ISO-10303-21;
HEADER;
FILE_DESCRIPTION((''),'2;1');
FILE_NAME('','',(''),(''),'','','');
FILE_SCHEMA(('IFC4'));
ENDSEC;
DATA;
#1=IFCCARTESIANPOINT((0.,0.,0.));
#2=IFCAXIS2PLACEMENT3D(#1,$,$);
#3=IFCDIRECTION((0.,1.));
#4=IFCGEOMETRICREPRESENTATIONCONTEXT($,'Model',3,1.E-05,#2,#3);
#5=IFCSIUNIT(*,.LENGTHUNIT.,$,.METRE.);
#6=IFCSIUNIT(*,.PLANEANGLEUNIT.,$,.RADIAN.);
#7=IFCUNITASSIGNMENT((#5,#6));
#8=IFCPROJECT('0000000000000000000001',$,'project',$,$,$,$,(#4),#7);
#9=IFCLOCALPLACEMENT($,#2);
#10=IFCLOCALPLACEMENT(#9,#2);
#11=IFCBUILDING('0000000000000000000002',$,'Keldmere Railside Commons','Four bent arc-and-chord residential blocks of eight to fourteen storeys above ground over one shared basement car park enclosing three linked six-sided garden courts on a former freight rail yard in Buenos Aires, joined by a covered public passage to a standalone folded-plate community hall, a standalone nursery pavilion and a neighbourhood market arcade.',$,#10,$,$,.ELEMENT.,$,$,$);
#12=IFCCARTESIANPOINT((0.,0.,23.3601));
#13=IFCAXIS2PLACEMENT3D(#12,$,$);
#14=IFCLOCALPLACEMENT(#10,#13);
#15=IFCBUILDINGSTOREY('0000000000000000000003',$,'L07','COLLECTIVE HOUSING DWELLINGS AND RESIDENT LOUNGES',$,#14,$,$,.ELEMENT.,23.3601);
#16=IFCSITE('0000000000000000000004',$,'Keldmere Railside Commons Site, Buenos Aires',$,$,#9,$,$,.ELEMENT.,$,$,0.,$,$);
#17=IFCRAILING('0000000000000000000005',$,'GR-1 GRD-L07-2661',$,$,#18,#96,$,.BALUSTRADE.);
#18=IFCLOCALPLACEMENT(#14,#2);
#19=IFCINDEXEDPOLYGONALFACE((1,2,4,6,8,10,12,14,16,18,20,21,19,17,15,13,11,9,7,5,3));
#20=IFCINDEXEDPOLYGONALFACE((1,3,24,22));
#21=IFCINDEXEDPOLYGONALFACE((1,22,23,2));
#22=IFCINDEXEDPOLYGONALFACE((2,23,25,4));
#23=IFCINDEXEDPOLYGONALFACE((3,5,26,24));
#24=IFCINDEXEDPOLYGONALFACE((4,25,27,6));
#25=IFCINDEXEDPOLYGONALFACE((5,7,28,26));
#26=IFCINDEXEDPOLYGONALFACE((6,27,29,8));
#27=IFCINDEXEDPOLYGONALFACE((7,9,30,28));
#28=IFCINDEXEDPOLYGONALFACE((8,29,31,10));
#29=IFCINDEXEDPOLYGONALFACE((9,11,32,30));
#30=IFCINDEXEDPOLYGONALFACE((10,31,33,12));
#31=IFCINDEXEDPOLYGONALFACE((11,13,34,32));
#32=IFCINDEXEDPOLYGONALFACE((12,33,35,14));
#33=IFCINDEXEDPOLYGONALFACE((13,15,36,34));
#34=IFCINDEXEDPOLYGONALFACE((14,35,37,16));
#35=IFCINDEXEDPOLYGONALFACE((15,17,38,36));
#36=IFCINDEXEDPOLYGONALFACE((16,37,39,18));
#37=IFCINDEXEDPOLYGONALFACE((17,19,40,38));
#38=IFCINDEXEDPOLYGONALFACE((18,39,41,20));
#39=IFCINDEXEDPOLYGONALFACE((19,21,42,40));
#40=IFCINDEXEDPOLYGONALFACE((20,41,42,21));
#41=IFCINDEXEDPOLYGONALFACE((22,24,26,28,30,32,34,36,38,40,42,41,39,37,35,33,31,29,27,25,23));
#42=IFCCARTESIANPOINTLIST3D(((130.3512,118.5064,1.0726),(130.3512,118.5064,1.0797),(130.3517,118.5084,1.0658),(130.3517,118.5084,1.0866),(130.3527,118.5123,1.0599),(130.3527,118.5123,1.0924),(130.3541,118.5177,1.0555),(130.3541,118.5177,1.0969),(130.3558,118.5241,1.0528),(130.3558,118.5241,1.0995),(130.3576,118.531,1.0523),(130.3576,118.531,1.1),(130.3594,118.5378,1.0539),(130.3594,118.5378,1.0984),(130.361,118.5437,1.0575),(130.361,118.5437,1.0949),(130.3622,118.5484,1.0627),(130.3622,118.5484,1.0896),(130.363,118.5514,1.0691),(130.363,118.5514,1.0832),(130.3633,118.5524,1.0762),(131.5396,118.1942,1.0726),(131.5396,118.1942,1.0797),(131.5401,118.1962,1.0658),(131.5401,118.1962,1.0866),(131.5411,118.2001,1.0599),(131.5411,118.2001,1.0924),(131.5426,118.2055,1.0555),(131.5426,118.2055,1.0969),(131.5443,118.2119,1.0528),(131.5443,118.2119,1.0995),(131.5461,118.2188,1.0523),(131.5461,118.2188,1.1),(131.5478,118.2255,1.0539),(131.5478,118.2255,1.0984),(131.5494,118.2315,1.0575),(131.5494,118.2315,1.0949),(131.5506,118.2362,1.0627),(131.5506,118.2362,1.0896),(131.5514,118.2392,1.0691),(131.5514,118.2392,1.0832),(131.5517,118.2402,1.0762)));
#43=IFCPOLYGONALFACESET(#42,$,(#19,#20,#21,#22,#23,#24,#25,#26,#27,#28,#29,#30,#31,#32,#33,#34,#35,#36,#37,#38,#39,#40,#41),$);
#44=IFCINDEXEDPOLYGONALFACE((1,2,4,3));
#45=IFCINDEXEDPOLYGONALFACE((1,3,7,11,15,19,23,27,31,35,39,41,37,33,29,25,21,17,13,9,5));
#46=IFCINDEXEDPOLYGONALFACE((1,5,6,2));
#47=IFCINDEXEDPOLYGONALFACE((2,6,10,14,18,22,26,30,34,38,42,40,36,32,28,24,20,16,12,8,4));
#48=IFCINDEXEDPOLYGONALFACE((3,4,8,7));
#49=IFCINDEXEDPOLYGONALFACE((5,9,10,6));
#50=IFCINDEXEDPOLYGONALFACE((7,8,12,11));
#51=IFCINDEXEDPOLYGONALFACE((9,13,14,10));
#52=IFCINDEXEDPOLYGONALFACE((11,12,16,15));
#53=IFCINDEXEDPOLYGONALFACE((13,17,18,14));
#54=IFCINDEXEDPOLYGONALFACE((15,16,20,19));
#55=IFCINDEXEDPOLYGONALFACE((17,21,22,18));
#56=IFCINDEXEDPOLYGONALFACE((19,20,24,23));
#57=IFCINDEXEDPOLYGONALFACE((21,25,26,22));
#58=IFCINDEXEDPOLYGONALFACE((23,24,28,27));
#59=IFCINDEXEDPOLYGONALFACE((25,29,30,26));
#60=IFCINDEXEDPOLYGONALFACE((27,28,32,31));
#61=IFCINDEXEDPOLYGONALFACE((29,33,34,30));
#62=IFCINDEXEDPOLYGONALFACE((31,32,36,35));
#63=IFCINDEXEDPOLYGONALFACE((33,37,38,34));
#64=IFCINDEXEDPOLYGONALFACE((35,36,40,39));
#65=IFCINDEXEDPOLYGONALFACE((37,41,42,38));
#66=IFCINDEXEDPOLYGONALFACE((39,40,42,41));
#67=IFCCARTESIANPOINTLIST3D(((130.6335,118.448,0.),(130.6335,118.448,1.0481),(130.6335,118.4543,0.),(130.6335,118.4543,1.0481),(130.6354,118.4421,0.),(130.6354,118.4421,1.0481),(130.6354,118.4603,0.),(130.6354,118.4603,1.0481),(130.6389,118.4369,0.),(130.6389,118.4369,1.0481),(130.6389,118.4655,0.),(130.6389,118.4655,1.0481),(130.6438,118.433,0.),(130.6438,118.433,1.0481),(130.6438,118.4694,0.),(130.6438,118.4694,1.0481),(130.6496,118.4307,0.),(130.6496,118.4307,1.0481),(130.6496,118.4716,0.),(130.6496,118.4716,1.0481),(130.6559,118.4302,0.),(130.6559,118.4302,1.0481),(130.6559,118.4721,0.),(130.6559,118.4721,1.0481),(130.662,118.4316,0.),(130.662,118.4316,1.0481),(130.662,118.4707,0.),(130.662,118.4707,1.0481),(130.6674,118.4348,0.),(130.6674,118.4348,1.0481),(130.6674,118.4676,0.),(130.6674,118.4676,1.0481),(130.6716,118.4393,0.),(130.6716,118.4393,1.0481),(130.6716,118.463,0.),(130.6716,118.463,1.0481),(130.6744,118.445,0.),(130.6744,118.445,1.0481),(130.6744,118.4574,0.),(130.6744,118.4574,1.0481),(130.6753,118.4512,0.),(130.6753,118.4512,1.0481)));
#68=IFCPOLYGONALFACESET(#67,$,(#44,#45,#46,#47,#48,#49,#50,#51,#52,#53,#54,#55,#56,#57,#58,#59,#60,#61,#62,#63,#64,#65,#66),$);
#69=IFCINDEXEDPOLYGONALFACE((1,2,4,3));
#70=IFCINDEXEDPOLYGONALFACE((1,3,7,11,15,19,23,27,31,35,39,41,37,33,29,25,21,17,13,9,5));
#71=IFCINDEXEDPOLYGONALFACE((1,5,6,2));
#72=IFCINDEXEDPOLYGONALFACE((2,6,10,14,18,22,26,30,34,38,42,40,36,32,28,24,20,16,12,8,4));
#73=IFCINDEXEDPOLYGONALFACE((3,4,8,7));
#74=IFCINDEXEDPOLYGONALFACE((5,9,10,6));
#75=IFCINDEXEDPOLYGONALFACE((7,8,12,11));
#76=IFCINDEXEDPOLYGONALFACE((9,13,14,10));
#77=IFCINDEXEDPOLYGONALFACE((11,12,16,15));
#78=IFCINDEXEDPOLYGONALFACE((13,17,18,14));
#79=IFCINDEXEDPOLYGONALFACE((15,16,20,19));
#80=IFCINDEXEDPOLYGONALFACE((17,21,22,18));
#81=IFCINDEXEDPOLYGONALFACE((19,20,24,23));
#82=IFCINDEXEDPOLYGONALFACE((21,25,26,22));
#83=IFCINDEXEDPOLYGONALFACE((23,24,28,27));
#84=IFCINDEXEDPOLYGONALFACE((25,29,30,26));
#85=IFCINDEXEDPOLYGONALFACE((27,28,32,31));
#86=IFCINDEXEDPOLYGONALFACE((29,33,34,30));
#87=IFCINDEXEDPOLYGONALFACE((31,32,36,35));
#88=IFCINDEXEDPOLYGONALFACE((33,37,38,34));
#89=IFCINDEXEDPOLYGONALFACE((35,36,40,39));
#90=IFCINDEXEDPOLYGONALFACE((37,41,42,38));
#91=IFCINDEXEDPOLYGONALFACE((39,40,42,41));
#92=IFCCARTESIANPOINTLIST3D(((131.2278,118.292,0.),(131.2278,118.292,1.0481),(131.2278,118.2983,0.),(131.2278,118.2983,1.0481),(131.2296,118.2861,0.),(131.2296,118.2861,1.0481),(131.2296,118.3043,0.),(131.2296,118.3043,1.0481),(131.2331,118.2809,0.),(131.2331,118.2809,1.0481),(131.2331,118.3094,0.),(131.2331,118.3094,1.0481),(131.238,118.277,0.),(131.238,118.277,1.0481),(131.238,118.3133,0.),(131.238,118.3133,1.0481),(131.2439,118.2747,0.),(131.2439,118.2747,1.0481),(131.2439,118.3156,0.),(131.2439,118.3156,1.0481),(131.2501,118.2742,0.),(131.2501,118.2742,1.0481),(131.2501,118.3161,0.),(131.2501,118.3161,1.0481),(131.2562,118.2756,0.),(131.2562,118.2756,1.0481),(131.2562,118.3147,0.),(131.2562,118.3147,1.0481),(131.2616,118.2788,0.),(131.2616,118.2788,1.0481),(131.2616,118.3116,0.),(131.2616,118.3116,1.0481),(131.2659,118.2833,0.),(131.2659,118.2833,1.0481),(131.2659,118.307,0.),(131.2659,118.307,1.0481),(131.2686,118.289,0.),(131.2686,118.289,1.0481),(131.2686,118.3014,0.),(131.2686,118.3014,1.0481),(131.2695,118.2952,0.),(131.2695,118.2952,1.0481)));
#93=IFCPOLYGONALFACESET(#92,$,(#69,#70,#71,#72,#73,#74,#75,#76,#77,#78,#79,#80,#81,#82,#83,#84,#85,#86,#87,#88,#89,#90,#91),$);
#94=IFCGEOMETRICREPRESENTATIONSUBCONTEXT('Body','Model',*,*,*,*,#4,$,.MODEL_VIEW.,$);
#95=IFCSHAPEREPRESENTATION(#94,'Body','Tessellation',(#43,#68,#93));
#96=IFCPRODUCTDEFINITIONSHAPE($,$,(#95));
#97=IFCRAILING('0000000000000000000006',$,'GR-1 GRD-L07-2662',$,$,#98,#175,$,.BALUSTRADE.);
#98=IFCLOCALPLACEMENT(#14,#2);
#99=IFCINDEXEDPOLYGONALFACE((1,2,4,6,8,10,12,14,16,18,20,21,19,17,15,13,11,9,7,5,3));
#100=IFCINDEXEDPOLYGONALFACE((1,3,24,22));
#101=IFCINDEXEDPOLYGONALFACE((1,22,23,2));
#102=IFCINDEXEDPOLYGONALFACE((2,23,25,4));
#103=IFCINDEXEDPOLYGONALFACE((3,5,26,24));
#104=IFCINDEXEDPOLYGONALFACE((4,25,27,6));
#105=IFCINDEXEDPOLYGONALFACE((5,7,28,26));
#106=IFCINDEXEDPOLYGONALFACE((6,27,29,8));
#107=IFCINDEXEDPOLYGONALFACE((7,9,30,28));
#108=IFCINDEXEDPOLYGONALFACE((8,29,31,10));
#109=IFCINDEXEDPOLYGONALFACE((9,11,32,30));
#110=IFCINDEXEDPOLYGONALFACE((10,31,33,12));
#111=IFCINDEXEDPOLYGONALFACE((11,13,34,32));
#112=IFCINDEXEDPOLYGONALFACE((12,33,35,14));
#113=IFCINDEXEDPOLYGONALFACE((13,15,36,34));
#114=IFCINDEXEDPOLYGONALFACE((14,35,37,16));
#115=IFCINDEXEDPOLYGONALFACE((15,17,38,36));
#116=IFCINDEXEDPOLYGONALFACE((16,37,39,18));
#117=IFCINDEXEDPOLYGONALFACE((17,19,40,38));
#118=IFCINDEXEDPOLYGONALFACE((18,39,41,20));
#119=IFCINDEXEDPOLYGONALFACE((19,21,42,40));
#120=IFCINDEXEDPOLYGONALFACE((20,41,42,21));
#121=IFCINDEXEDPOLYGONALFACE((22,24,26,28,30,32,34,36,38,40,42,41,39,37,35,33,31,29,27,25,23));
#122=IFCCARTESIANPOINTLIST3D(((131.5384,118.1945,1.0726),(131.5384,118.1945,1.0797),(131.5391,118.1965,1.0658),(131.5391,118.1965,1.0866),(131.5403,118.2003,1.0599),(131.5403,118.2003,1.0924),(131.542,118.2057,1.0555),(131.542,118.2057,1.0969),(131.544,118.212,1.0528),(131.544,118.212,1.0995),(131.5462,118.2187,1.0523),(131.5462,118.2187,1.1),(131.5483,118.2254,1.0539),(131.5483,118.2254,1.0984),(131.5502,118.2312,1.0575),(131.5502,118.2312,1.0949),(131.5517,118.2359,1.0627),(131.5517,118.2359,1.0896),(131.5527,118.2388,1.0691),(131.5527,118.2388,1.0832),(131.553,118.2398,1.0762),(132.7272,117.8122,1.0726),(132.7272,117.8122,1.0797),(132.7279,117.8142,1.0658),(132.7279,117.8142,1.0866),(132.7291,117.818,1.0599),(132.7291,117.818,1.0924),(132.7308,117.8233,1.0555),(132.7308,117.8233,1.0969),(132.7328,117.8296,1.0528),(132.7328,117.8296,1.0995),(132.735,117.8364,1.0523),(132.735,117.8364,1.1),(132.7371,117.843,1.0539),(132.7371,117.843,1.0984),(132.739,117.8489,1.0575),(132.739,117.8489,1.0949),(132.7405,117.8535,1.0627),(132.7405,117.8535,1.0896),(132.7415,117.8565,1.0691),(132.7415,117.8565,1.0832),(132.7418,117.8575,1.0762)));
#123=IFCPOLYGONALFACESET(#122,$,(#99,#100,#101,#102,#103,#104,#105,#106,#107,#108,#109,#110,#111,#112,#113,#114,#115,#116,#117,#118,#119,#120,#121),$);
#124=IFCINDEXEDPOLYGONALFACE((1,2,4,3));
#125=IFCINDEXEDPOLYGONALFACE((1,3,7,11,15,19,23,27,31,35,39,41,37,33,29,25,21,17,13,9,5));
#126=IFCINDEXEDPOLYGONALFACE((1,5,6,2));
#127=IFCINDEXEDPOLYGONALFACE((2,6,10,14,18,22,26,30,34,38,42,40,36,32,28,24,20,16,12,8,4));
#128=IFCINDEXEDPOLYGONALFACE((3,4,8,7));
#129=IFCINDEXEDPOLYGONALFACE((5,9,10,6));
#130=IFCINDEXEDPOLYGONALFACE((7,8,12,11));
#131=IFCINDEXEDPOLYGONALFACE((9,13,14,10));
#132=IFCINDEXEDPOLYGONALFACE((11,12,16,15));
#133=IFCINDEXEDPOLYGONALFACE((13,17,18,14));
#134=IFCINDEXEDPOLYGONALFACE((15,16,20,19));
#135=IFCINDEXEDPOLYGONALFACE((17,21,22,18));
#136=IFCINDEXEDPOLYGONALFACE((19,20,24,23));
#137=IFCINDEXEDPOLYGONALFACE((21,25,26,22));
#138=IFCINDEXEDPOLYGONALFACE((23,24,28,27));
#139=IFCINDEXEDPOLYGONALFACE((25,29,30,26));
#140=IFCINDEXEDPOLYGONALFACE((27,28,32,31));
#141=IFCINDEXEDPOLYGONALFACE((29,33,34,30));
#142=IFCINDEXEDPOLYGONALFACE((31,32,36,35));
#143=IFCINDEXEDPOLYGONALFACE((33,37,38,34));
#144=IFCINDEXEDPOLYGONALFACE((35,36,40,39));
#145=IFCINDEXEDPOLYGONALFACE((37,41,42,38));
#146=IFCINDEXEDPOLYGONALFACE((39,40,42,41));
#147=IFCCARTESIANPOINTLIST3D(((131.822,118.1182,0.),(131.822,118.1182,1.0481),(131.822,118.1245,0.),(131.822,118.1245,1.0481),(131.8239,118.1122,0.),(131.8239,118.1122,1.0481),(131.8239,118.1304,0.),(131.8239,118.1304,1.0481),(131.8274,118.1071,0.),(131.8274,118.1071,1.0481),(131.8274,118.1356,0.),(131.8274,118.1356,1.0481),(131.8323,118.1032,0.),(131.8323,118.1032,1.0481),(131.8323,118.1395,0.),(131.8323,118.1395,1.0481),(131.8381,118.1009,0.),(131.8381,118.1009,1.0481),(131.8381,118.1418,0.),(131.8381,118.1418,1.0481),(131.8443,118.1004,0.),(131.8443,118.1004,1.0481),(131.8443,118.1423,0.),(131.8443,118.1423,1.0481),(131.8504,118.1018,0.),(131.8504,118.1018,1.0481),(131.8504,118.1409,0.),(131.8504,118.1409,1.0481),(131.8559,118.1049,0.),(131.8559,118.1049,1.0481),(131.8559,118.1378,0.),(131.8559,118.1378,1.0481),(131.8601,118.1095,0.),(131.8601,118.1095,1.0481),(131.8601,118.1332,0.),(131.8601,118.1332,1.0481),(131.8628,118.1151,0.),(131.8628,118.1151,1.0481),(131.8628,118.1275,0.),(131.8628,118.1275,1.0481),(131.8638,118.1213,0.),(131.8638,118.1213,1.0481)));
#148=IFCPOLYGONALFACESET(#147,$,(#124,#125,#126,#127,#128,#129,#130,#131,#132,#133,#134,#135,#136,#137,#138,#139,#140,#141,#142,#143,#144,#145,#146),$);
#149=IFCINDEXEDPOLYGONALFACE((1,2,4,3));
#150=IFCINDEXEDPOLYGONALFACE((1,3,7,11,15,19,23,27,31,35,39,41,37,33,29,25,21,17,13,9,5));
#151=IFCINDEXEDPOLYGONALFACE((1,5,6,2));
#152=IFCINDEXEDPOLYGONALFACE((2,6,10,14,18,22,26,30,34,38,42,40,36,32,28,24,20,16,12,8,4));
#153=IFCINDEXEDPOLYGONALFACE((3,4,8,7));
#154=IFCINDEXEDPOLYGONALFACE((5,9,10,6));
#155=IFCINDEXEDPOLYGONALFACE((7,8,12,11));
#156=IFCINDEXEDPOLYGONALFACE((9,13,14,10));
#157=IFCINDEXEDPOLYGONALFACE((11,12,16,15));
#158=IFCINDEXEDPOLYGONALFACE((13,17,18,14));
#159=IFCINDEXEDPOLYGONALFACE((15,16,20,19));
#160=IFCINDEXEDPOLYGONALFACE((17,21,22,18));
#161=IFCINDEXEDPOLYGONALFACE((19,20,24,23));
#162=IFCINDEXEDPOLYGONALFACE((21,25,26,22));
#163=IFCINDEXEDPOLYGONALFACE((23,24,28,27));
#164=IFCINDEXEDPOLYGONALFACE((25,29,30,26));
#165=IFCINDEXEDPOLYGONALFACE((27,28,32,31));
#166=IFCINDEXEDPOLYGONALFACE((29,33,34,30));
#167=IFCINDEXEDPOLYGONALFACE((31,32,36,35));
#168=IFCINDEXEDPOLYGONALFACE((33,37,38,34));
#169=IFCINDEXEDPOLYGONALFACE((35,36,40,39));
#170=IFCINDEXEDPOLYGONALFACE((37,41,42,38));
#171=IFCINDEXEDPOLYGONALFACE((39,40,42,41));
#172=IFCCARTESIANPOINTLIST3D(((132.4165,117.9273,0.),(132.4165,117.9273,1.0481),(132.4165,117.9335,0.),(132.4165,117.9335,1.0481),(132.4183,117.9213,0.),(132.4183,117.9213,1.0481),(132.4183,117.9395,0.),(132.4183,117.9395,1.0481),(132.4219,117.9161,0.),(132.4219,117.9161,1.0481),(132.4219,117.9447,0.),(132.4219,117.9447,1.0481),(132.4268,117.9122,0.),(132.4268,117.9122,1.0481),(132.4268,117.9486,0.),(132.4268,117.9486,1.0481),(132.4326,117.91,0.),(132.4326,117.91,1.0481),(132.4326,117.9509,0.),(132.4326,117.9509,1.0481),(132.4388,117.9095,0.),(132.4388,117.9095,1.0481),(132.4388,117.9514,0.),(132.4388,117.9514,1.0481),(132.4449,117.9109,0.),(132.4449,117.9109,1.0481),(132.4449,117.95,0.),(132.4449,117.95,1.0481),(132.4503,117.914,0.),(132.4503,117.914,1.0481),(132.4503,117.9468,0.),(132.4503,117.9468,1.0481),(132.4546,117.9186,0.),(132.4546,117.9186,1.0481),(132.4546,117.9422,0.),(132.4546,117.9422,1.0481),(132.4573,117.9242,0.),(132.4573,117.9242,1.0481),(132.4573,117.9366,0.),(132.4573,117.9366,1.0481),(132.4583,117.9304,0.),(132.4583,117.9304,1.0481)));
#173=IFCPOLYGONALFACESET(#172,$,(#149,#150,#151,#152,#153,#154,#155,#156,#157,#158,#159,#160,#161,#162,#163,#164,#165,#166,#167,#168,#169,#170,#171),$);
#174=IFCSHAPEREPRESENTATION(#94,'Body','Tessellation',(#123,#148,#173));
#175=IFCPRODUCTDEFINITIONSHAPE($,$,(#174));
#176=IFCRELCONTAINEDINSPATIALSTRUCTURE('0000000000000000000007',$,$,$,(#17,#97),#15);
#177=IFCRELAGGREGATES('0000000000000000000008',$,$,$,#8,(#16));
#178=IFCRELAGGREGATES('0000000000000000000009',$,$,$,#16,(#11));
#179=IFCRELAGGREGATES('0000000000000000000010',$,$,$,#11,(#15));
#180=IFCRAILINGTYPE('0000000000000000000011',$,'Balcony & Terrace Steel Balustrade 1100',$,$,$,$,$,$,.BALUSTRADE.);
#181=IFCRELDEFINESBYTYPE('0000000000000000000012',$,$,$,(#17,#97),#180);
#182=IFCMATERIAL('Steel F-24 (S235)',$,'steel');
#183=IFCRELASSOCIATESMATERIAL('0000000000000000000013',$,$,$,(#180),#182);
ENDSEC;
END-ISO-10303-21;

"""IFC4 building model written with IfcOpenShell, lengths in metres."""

from ifc_helpers import new_model, si_unit, direction, frame, origin, origin_2d, place, context, subcontext, project, spatial, circle, extrude, material, type_object, element, save


model = new_model("IFC4")

# Units and contexts
model_context = context("Model", 3, precision=1e-05, world=origin(), true_north=direction((0.0, 1.0)))
body_context = subcontext(model_context, "Body", "Model", "MODEL_VIEW")
ifc_project = project(units=[si_unit("LENGTHUNIT", "METRE"), si_unit("PLANEANGLEUNIT", "RADIAN")], contexts=[model_context])

# Site, building, storey
site_placement = place(None, origin())
site = spatial("IfcSite", under=ifc_project, at=site_placement, Name="Keldmere Railside Commons Site, Buenos Aires", CompositionType="ELEMENT", RefElevation=0.0)
building_placement = place(site_placement, origin())
building = spatial("IfcBuilding", under=site, at=building_placement, Name="Keldmere Railside Commons", Description="Four bent arc-and-chord residential blocks of eight to fourteen storeys above ground over one shared basement car park enclosing three linked six-sided garden courts on a former freight rail yard in Buenos Aires, joined by a covered public passage to a standalone folded-plate community hall, a standalone nursery pavilion and a neighbourhood market arcade.", CompositionType="ELEMENT")
storey_placement = place(building_placement, frame((0.0, 0.0, 23.3601)))
storey = spatial("IfcBuildingStorey", under=building, at=storey_placement, Name="L07", Description="COLLECTIVE HOUSING DWELLINGS AND RESIDENT LOUNGES", CompositionType="ELEMENT", Elevation=23.3601)

# Railings
ifc_material_1 = material(Name="Steel F-24 (S235)", Category="steel")
railing_type = type_object("IfcRailingType", Name="Balcony & Terrace Steel Balustrade 1100", PredefinedType="BALUSTRADE", material=ifc_material_1)
railing_1_placement = place(storey_placement, frame((130.3572, 118.5293, 0.0)))
element("IfcRailing", 1, at=railing_1_placement, inside=storey, type_object=railing_type, Name="GR-1 GRD-L07-2661", PredefinedType="BALUSTRADE", context=body_context, shape_type="SweptSolid", body=[
    extrude(circle(Radius=0.0239, at=origin_2d()), frame((0.0, 0.0, 1.0762), z_axis=(0.967175, -0.254112, 0.0), x_axis=(0.254112, 0.967175, 0.0)), (0.0, 0.0, 1.0), 1.2288),
    extrude(circle(Radius=0.021, at=origin_2d()), frame((0.2971, -0.0781, 0.0)), (0.0, 0.0, 1.0), 1.0481),
    extrude(circle(Radius=0.021, at=origin_2d()), frame((0.8914, -0.2341, 0.0)), (0.0, 0.0, 1.0), 1.0481),
])
railing_2_placement = place(storey_placement, frame((131.5457, 118.217, 0.0)))
element("IfcRailing", 2, at=railing_2_placement, inside=storey, type_object=railing_type, Name="GR-1 GRD-L07-2662", PredefinedType="BALUSTRADE", context=body_context, shape_type="SweptSolid", body=[
    extrude(circle(Radius=0.0239, at=origin_2d()), frame((0.0, 0.0, 1.0762), z_axis=(0.951974, -0.30618, 0.0), x_axis=(0.30618, 0.951974, 0.0)), (0.0, 0.0, 1.0), 1.2488),
    extrude(circle(Radius=0.021, at=origin_2d()), frame((0.2971, -0.0957, 0.0)), (0.0, 0.0, 1.0), 1.0481),
    extrude(circle(Radius=0.021, at=origin_2d()), frame((0.8916, -0.2866, 0.0)), (0.0, 0.0, 1.0), 1.0481),
])

save(model, "model.ifc")
